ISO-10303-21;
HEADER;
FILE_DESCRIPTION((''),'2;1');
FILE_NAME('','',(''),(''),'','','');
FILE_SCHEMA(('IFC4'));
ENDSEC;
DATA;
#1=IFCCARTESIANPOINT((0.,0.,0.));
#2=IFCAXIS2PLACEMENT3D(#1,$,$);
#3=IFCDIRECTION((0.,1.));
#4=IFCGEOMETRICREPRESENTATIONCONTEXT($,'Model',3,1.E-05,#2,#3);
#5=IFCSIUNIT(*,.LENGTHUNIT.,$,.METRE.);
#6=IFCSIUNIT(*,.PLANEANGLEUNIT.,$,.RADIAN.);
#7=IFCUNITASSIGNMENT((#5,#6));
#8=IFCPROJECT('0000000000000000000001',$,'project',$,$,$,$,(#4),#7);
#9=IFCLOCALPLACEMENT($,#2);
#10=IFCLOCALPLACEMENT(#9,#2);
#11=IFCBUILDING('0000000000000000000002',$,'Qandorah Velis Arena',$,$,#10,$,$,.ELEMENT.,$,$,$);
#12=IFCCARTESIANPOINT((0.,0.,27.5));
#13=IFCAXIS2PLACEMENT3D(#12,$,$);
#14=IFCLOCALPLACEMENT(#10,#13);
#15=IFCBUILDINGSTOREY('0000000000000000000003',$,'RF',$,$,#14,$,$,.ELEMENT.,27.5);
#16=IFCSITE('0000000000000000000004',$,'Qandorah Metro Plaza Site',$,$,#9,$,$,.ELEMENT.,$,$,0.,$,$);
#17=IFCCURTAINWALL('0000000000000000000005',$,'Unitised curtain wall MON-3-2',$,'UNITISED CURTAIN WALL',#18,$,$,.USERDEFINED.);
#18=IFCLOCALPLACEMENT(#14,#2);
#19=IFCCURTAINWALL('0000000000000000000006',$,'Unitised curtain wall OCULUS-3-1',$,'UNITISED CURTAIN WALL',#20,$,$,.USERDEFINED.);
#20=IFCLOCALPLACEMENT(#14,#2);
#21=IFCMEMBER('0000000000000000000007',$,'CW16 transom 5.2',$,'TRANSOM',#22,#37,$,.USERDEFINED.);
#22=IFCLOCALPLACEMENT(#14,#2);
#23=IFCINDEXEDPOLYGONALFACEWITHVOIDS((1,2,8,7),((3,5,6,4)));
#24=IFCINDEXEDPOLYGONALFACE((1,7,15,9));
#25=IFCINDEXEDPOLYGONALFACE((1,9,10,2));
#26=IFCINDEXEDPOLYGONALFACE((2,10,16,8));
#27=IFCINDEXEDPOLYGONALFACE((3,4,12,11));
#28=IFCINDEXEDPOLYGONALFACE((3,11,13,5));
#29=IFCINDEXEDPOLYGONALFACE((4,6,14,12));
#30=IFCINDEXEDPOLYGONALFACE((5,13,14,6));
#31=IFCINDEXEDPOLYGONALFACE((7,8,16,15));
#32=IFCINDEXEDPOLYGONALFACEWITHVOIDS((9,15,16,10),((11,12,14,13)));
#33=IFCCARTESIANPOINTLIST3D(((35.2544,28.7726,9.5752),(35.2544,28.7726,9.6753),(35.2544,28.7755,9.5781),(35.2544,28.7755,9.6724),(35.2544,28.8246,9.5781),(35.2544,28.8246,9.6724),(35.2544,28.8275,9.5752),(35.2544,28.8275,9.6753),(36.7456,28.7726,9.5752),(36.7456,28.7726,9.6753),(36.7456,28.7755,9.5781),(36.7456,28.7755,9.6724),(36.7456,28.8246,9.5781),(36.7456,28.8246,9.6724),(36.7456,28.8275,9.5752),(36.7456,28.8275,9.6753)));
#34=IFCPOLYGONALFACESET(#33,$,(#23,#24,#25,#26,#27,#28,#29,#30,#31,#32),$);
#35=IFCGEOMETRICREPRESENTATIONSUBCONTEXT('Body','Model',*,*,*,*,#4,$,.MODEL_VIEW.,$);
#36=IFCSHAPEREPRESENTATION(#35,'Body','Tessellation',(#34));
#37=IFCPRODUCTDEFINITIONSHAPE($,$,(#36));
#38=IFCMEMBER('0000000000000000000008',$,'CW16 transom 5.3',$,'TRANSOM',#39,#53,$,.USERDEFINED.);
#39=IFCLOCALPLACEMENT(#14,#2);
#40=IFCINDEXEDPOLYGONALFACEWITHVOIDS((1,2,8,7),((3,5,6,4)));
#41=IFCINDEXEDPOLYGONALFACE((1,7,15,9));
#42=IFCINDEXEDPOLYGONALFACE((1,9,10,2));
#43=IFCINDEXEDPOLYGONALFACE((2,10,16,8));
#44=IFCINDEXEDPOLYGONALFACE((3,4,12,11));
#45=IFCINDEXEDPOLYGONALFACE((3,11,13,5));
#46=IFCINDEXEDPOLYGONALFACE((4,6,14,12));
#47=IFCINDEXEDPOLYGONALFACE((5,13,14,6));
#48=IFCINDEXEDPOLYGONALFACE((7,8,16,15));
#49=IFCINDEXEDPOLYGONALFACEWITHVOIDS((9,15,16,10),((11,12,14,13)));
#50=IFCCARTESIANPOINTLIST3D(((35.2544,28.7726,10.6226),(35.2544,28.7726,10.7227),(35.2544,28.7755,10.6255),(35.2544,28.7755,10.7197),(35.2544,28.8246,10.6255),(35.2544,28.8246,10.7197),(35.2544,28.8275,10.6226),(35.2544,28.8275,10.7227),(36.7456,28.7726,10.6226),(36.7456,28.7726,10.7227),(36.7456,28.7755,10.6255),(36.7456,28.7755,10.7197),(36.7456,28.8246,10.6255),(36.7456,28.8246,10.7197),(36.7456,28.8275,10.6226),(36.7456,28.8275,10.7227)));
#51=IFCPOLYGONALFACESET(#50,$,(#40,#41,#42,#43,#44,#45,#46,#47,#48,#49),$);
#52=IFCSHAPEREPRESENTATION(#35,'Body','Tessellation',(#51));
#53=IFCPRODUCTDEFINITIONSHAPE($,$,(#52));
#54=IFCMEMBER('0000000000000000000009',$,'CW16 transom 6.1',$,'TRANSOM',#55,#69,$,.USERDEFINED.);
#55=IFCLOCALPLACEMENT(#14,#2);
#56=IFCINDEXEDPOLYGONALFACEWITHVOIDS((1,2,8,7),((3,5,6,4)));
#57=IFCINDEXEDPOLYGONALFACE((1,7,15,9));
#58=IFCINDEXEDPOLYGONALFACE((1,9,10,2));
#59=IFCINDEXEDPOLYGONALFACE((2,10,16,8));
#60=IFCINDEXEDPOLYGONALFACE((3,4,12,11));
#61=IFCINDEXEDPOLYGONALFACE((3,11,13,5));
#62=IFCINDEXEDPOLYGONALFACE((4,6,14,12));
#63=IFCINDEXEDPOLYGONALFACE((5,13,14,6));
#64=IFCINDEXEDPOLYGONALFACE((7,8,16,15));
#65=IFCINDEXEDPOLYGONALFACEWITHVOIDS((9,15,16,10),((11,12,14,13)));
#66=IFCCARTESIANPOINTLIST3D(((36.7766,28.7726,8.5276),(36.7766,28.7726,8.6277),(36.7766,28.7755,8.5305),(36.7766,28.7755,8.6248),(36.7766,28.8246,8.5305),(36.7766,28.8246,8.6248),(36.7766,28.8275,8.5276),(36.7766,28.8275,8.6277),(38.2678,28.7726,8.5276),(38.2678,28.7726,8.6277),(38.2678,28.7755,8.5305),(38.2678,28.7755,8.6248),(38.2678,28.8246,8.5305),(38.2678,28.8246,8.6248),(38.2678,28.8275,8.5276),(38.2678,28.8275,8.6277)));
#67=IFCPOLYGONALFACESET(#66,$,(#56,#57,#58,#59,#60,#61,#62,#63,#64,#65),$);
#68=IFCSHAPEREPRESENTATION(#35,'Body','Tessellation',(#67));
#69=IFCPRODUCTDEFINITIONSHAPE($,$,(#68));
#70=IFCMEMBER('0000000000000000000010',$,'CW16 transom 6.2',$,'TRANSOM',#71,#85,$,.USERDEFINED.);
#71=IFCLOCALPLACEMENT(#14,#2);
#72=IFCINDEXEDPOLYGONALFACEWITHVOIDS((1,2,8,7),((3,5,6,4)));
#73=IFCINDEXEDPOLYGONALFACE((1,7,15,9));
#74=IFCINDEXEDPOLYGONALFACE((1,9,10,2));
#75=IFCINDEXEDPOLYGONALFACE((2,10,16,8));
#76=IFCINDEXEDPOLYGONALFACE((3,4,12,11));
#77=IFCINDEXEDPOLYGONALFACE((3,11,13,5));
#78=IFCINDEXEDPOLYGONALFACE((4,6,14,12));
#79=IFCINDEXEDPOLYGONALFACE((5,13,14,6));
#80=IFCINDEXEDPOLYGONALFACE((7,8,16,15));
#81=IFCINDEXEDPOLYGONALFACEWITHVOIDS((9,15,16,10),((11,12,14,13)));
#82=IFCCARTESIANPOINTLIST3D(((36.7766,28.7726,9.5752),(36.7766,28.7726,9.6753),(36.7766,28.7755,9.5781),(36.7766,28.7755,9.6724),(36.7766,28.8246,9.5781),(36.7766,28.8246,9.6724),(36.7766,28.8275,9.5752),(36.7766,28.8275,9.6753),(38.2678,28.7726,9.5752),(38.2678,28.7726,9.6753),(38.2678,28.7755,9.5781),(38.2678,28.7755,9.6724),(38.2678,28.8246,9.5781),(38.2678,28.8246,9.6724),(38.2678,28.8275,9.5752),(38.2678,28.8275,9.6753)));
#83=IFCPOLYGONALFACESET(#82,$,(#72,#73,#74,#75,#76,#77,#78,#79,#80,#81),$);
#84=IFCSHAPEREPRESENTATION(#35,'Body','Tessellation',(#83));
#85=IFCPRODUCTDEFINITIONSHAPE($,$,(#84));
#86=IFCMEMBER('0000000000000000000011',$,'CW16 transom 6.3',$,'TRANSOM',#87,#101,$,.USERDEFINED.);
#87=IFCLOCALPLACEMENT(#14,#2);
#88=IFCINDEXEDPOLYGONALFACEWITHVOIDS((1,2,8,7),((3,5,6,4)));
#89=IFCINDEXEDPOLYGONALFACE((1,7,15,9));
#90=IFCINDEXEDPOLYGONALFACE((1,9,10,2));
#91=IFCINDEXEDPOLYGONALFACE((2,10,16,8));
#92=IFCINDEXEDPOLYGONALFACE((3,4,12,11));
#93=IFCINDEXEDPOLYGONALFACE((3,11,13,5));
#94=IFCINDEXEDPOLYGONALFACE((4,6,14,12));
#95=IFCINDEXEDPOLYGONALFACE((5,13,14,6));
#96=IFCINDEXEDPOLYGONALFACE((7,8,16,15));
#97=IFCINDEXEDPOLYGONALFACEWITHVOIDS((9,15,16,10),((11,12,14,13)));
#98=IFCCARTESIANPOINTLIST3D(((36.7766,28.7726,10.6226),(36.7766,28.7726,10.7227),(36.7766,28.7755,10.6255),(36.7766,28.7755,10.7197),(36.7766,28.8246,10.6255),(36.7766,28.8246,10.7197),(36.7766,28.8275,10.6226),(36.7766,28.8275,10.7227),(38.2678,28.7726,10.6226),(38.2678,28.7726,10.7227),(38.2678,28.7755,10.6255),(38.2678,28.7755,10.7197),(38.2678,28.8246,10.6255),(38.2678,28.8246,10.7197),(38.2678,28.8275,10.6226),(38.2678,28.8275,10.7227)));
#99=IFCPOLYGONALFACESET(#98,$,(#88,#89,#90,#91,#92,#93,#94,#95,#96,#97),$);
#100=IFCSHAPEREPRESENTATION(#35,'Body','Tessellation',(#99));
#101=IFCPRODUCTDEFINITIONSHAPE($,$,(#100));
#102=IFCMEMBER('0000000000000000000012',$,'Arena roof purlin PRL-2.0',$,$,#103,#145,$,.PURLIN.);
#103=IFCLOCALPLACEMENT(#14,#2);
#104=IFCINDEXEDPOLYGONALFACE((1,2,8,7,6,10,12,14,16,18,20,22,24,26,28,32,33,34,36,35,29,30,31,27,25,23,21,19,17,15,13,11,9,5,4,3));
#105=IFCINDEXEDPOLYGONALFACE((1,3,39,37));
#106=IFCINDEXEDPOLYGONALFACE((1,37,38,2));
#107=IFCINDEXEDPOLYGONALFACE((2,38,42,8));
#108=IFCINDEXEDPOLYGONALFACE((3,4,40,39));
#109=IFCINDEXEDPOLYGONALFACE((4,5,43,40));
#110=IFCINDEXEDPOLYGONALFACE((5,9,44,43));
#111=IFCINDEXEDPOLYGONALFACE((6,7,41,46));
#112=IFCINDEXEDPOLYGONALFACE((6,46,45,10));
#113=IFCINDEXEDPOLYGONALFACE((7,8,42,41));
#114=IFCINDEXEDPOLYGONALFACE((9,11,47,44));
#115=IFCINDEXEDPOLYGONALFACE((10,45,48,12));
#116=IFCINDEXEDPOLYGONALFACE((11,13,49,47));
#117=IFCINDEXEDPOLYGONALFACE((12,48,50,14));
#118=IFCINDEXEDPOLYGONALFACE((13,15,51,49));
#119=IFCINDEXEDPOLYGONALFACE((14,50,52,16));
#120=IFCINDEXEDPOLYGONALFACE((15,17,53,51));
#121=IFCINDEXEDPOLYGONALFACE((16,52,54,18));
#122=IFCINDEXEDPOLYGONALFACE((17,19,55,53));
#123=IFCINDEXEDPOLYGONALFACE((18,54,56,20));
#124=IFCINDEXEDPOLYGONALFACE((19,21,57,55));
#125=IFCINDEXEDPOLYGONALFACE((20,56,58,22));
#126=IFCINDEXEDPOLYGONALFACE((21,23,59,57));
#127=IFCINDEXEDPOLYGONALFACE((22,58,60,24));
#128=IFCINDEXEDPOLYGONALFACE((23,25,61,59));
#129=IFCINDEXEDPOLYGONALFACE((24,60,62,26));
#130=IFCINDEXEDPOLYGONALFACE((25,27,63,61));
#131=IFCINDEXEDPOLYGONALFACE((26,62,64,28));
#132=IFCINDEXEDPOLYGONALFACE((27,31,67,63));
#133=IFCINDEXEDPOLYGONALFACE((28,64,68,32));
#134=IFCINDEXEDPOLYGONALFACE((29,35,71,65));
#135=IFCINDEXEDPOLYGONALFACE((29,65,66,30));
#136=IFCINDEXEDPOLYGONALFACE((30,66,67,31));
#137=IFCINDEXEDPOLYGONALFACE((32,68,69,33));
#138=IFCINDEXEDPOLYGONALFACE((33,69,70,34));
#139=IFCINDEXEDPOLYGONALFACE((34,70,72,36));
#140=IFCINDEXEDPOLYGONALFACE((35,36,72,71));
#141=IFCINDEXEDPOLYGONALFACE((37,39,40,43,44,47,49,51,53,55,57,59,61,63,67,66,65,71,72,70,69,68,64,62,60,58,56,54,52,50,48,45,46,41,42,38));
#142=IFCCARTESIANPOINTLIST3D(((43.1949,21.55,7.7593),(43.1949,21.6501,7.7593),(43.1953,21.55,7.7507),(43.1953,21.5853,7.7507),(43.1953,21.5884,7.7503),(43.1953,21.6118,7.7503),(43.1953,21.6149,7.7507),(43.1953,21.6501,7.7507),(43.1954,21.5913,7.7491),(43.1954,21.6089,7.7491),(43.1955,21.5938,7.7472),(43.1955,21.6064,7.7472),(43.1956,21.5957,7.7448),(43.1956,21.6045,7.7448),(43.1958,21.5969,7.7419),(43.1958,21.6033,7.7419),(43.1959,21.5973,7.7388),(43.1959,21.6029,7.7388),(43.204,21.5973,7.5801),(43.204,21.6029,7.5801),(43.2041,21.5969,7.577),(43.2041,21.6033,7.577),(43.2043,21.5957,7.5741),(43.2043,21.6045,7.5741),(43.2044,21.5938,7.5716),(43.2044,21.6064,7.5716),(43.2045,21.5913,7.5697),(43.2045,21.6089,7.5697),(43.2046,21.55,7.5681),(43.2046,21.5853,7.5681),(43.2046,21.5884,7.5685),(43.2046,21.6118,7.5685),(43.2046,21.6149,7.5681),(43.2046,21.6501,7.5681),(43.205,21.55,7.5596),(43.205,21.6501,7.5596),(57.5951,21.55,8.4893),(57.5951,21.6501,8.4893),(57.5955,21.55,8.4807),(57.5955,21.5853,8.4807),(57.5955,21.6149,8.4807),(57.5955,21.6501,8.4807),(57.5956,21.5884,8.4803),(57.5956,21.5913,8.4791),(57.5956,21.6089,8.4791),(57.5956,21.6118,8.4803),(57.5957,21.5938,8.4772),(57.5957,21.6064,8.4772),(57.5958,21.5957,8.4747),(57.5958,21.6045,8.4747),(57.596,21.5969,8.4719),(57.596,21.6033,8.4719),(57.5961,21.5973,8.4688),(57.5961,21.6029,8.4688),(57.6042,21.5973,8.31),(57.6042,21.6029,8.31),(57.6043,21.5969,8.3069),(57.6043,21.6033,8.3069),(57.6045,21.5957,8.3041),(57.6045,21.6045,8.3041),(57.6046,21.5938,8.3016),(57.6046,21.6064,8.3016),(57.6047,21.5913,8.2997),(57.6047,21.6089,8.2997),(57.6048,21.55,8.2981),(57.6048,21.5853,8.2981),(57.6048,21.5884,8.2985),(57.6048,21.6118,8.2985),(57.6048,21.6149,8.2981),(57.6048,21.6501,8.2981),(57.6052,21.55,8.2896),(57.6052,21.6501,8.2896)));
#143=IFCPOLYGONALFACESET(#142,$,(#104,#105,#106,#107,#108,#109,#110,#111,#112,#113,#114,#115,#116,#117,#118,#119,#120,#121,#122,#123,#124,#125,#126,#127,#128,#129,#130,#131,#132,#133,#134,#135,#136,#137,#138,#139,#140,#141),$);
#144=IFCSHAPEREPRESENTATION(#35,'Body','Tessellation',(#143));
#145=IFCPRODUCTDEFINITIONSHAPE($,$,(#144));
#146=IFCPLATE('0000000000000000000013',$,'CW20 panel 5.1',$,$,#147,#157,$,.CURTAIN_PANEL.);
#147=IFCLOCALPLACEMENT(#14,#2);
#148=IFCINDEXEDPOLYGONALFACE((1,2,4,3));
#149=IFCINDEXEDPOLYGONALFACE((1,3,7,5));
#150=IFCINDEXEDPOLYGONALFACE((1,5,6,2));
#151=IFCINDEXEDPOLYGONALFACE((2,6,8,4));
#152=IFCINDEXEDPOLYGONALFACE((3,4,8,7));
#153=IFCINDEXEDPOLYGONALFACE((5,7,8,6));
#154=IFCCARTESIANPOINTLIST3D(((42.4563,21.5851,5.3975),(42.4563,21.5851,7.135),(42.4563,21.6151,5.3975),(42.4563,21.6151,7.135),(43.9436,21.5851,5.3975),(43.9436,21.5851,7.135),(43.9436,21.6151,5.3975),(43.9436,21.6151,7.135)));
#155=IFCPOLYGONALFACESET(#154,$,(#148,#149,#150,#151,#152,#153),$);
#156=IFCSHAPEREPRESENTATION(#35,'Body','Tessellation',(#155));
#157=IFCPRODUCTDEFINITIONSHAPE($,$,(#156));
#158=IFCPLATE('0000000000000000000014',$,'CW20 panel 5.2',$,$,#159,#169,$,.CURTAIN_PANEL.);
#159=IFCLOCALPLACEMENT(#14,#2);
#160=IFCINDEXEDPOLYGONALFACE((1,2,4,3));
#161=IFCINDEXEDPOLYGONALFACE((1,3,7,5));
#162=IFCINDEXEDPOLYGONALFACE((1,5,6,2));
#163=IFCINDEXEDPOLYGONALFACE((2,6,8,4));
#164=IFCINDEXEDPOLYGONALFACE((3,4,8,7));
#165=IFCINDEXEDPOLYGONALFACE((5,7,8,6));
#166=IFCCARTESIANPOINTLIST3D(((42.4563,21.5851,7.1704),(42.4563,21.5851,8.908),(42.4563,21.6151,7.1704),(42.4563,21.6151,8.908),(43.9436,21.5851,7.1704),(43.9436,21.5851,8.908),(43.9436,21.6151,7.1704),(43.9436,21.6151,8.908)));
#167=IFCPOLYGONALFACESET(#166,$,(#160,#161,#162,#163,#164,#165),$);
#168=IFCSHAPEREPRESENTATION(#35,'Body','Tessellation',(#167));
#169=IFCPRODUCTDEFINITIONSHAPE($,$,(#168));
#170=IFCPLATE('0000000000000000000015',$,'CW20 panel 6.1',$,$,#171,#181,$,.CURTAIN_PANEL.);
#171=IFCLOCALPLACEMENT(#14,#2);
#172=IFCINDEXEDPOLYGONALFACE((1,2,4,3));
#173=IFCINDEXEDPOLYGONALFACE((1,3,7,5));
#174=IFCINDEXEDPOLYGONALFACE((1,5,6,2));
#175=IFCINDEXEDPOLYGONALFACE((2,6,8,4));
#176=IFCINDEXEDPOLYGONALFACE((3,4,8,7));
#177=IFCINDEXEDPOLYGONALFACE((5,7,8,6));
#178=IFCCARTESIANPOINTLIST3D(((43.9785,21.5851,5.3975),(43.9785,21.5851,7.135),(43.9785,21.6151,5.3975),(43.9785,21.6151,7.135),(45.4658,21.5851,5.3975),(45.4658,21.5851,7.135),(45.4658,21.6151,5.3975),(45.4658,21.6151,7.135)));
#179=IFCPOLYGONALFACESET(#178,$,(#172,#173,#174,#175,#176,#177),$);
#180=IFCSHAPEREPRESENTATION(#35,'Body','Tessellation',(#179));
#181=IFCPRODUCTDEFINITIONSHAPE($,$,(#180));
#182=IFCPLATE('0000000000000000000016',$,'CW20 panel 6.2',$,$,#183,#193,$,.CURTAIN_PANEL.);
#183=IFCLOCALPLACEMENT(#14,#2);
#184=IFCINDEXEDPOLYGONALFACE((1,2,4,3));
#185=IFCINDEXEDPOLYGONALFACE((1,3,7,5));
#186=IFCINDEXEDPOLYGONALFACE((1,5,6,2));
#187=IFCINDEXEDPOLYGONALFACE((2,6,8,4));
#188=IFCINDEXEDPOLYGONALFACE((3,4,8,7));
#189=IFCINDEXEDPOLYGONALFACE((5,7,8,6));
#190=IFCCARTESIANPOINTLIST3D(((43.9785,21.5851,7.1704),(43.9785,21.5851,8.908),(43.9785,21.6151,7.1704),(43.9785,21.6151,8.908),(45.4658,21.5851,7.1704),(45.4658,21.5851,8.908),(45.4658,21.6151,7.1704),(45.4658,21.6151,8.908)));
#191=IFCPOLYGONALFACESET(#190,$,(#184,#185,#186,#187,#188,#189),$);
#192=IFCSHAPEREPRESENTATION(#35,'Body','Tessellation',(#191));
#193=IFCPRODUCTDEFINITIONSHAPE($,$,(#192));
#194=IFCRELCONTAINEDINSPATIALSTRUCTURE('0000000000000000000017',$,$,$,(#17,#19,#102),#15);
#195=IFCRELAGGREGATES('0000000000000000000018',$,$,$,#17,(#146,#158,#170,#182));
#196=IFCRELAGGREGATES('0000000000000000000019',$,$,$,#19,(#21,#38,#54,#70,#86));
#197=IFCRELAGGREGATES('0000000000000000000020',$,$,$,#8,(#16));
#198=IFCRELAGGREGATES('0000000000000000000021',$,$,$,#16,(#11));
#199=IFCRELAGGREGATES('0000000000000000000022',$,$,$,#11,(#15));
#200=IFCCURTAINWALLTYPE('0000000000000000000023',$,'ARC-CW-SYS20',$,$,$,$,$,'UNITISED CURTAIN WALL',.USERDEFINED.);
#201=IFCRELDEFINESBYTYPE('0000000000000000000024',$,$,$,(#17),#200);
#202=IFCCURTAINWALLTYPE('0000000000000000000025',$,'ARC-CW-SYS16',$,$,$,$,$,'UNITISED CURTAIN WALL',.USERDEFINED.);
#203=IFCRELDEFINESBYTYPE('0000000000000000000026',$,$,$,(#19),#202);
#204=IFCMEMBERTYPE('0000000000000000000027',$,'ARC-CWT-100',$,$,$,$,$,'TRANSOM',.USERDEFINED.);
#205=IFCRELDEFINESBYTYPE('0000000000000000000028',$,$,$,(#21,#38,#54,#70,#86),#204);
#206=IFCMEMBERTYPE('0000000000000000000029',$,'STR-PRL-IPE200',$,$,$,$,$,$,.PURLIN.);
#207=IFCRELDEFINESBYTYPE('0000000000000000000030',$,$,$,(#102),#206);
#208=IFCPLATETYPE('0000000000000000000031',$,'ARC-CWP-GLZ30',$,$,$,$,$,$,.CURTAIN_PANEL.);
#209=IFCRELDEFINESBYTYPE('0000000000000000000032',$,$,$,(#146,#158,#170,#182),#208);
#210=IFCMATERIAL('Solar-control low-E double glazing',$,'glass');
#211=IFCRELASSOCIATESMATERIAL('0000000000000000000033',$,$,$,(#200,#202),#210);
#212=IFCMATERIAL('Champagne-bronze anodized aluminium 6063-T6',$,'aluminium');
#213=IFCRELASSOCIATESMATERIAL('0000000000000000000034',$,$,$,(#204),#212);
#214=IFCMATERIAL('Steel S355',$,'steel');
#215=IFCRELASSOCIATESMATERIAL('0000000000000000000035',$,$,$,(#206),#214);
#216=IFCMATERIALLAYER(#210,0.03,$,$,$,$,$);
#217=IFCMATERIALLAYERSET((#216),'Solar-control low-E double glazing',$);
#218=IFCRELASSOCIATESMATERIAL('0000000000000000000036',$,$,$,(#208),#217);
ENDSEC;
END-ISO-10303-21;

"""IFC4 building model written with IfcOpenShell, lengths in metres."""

from ifc_helpers import new_model, si_unit, direction, frame, origin, origin_2d, place, context, subcontext, project, spatial, rectangle, hollow_rectangle, i_section, extrude, material, layer, layer_set, material_profile, profile_set, type_object, element, aggregate, save


model = new_model("IFC4")

# Units and contexts
model_context = context("Model", 3, precision=1e-05, world=origin(), true_north=direction((0.0, 1.0)))
body_context = subcontext(model_context, "Body", "Model", "MODEL_VIEW")
ifc_project = project(units=[si_unit("LENGTHUNIT", "METRE"), si_unit("PLANEANGLEUNIT", "RADIAN")], contexts=[model_context])

# Site, building, storey
site_placement = place(None, origin())
site = spatial("IfcSite", under=ifc_project, at=site_placement, Name="Qandorah Metro Plaza Site", CompositionType="ELEMENT", RefElevation=0.0)
building_placement = place(site_placement, origin())
building = spatial("IfcBuilding", under=site, at=building_placement, Name="Qandorah Velis Arena", CompositionType="ELEMENT")
storey_placement = place(building_placement, frame((0.0, 0.0, 27.5)))
storey = spatial("IfcBuildingStorey", under=building, at=storey_placement, Name="RF", CompositionType="ELEMENT", Elevation=27.5)

# Curtain walls
ifc_material_1 = material(Name="Solar-control low-E double glazing", Category="glass")
curtain_wall_type_1 = type_object("IfcCurtainWallType", Name="ARC-CW-SYS20", ElementType="UNITISED CURTAIN WALL", PredefinedType="USERDEFINED", material=ifc_material_1)
curtain_wall_1_placement = place(storey_placement, origin())
curtain_wall_1 = element("IfcCurtainWall", 1, at=curtain_wall_1_placement, inside=storey, type_object=curtain_wall_type_1, Name="Unitised curtain wall MON-3-2", ObjectType="UNITISED CURTAIN WALL", PredefinedType="USERDEFINED")
ifc_material_2 = material(Name="Champagne-bronze anodized aluminium 6063-T6", Category="aluminium")
curtain_wall_type_2 = type_object("IfcCurtainWallType", Name="ARC-CW-SYS16", ElementType="UNITISED CURTAIN WALL", PredefinedType="USERDEFINED", material=ifc_material_1)
curtain_wall_2_placement = place(storey_placement, origin())
curtain_wall_2 = element("IfcCurtainWall", 2, at=curtain_wall_2_placement, inside=storey, type_object=curtain_wall_type_2, Name="Unitised curtain wall OCULUS-3-1", ObjectType="UNITISED CURTAIN WALL", PredefinedType="USERDEFINED")

# Members
ifc_material_profile_1 = material_profile(ifc_material_2, hollow_rectangle(XDim=0.0549, YDim=0.1001, WallThickness=0.0029, at=origin_2d()), Name="ALU TRANSOM 55x100")
ifc_profile_set_1 = profile_set([ifc_material_profile_1], Name="Champagne-bronze anodized aluminium 6063-T6")
member_type_1 = type_object("IfcMemberType", Name="ARC-CWT-100", ElementType="TRANSOM", PredefinedType="USERDEFINED", material=ifc_profile_set_1)
member_1_placement = place(storey_placement, frame((35.2544, 28.8, 9.6252), z_axis=(1.0, 0.0, 0.0), x_axis=(0.0, 1.0, 0.0)))
member_1 = element("IfcMember", 3, at=member_1_placement, type_object=member_type_1, Name="CW16 transom 5.2", ObjectType="TRANSOM", PredefinedType="USERDEFINED", context=body_context, shape_type="SweptSolid", body=[
    extrude(hollow_rectangle(XDim=0.0549, YDim=0.1001, WallThickness=0.0029, at=origin_2d()), origin(), (0.0, 0.0, 1.0), 1.4912),
])
member_2_placement = place(storey_placement, frame((35.2544, 28.8, 10.6726), z_axis=(1.0, 0.0, 0.0), x_axis=(0.0, 1.0, 0.0)))
member_2 = element("IfcMember", 4, at=member_2_placement, type_object=member_type_1, Name="CW16 transom 5.3", ObjectType="TRANSOM", PredefinedType="USERDEFINED", context=body_context, shape_type="SweptSolid", body=[
    extrude(hollow_rectangle(XDim=0.0549, YDim=0.1001, WallThickness=0.0029, at=origin_2d()), origin(), (0.0, 0.0, 1.0), 1.4912),
])
member_3_placement = place(storey_placement, frame((36.7766, 28.8, 8.5776), z_axis=(1.0, 0.0, 0.0), x_axis=(0.0, 1.0, 0.0)))
member_3 = element("IfcMember", 5, at=member_3_placement, type_object=member_type_1, Name="CW16 transom 6.1", ObjectType="TRANSOM", PredefinedType="USERDEFINED", context=body_context, shape_type="SweptSolid", body=[
    extrude(hollow_rectangle(XDim=0.0549, YDim=0.1001, WallThickness=0.0029, at=origin_2d()), origin(), (0.0, 0.0, 1.0), 1.4912),
])
member_4_placement = place(storey_placement, frame((36.7766, 28.8, 9.6252), z_axis=(1.0, 0.0, 0.0), x_axis=(0.0, 1.0, 0.0)))
member_4 = element("IfcMember", 6, at=member_4_placement, type_object=member_type_1, Name="CW16 transom 6.2", ObjectType="TRANSOM", PredefinedType="USERDEFINED", context=body_context, shape_type="SweptSolid", body=[
    extrude(hollow_rectangle(XDim=0.0549, YDim=0.1001, WallThickness=0.0029, at=origin_2d()), origin(), (0.0, 0.0, 1.0), 1.4912),
])
member_5_placement = place(storey_placement, frame((36.7766, 28.8, 10.6726), z_axis=(1.0, 0.0, 0.0), x_axis=(0.0, 1.0, 0.0)))
member_5 = element("IfcMember", 7, at=member_5_placement, type_object=member_type_1, Name="CW16 transom 6.3", ObjectType="TRANSOM", PredefinedType="USERDEFINED", context=body_context, shape_type="SweptSolid", body=[
    extrude(hollow_rectangle(XDim=0.0549, YDim=0.1001, WallThickness=0.0029, at=origin_2d()), origin(), (0.0, 0.0, 1.0), 1.4912),
])
ifc_material_3 = material(Name="Steel S355", Category="steel")
ifc_material_profile_2 = material_profile(ifc_material_3, i_section(OverallWidth=0.1001, OverallDepth=0.2, WebThickness=0.0056, FlangeThickness=0.0085, FilletRadius=0.012, at=origin_2d()), Name="IPE 200")
ifc_profile_set_2 = profile_set([ifc_material_profile_2], Name="Steel S355")
member_type_2 = type_object("IfcMemberType", Name="STR-PRL-IPE200", PredefinedType="PURLIN", material=ifc_profile_set_2)
member_6_placement = place(storey_placement, frame((43.2, 21.6001, 7.6594), z_axis=(0.998718, 0.0, 0.050628), x_axis=(0.0, 1.0, 0.0)))
element("IfcMember", 8, at=member_6_placement, inside=storey, type_object=member_type_2, Name="Arena roof purlin PRL-2.0", PredefinedType="PURLIN", context=body_context, shape_type="SweptSolid", body=[
    extrude(i_section(OverallWidth=0.1001, OverallDepth=0.2, WebThickness=0.0056, FlangeThickness=0.0085, FilletRadius=0.012, at=origin_2d()), origin(), (0.0, 0.0, 1.0), 14.4187),
])

# Plates
ifc_layer = layer(ifc_material_1, 0.03)
ifc_layer_set = layer_set([ifc_layer], Name="Solar-control low-E double glazing")
plate_type = type_object("IfcPlateType", Name="ARC-CWP-GLZ30", PredefinedType="CURTAIN_PANEL", material=ifc_layer_set)
plate_1_placement = place(storey_placement, frame((43.2, 21.6001, 5.3975), z_axis=(0.0, 0.0, 1.0), x_axis=(1.0, 0.0, 0.0)))
plate_1 = element("IfcPlate", 9, at=plate_1_placement, type_object=plate_type, Name="CW20 panel 5.1", PredefinedType="CURTAIN_PANEL", context=body_context, shape_type="SweptSolid", body=[
    extrude(rectangle(XDim=1.4873, YDim=0.03, at=origin_2d()), origin(), (0.0, 0.0, 1.0), 1.7375),
])
plate_2_placement = place(storey_placement, frame((43.2, 21.6001, 7.1704), z_axis=(0.0, 0.0, 1.0), x_axis=(1.0, 0.0, 0.0)))
plate_2 = element("IfcPlate", 10, at=plate_2_placement, type_object=plate_type, Name="CW20 panel 5.2", PredefinedType="CURTAIN_PANEL", context=body_context, shape_type="SweptSolid", body=[
    extrude(rectangle(XDim=1.4873, YDim=0.03, at=origin_2d()), origin(), (0.0, 0.0, 1.0), 1.7375),
])
plate_3_placement = place(storey_placement, frame((44.7222, 21.6001, 5.3975), z_axis=(0.0, 0.0, 1.0), x_axis=(1.0, 0.0, 0.0)))
plate_3 = element("IfcPlate", 11, at=plate_3_placement, type_object=plate_type, Name="CW20 panel 6.1", PredefinedType="CURTAIN_PANEL", context=body_context, shape_type="SweptSolid", body=[
    extrude(rectangle(XDim=1.4873, YDim=0.03, at=origin_2d()), origin(), (0.0, 0.0, 1.0), 1.7375),
])
plate_4_placement = place(storey_placement, frame((44.7222, 21.6001, 7.1704), z_axis=(0.0, 0.0, 1.0), x_axis=(1.0, 0.0, 0.0)))
plate_4 = element("IfcPlate", 12, at=plate_4_placement, type_object=plate_type, Name="CW20 panel 6.2", PredefinedType="CURTAIN_PANEL", context=body_context, shape_type="SweptSolid", body=[
    extrude(rectangle(XDim=1.4873, YDim=0.03, at=origin_2d()), origin(), (0.0, 0.0, 1.0), 1.7375),
])
aggregate(curtain_wall_1, [plate_1, plate_2, plate_3, plate_4])
aggregate(curtain_wall_2, [member_1, member_2, member_3, member_4, member_5])

save(model, "model.ifc")
